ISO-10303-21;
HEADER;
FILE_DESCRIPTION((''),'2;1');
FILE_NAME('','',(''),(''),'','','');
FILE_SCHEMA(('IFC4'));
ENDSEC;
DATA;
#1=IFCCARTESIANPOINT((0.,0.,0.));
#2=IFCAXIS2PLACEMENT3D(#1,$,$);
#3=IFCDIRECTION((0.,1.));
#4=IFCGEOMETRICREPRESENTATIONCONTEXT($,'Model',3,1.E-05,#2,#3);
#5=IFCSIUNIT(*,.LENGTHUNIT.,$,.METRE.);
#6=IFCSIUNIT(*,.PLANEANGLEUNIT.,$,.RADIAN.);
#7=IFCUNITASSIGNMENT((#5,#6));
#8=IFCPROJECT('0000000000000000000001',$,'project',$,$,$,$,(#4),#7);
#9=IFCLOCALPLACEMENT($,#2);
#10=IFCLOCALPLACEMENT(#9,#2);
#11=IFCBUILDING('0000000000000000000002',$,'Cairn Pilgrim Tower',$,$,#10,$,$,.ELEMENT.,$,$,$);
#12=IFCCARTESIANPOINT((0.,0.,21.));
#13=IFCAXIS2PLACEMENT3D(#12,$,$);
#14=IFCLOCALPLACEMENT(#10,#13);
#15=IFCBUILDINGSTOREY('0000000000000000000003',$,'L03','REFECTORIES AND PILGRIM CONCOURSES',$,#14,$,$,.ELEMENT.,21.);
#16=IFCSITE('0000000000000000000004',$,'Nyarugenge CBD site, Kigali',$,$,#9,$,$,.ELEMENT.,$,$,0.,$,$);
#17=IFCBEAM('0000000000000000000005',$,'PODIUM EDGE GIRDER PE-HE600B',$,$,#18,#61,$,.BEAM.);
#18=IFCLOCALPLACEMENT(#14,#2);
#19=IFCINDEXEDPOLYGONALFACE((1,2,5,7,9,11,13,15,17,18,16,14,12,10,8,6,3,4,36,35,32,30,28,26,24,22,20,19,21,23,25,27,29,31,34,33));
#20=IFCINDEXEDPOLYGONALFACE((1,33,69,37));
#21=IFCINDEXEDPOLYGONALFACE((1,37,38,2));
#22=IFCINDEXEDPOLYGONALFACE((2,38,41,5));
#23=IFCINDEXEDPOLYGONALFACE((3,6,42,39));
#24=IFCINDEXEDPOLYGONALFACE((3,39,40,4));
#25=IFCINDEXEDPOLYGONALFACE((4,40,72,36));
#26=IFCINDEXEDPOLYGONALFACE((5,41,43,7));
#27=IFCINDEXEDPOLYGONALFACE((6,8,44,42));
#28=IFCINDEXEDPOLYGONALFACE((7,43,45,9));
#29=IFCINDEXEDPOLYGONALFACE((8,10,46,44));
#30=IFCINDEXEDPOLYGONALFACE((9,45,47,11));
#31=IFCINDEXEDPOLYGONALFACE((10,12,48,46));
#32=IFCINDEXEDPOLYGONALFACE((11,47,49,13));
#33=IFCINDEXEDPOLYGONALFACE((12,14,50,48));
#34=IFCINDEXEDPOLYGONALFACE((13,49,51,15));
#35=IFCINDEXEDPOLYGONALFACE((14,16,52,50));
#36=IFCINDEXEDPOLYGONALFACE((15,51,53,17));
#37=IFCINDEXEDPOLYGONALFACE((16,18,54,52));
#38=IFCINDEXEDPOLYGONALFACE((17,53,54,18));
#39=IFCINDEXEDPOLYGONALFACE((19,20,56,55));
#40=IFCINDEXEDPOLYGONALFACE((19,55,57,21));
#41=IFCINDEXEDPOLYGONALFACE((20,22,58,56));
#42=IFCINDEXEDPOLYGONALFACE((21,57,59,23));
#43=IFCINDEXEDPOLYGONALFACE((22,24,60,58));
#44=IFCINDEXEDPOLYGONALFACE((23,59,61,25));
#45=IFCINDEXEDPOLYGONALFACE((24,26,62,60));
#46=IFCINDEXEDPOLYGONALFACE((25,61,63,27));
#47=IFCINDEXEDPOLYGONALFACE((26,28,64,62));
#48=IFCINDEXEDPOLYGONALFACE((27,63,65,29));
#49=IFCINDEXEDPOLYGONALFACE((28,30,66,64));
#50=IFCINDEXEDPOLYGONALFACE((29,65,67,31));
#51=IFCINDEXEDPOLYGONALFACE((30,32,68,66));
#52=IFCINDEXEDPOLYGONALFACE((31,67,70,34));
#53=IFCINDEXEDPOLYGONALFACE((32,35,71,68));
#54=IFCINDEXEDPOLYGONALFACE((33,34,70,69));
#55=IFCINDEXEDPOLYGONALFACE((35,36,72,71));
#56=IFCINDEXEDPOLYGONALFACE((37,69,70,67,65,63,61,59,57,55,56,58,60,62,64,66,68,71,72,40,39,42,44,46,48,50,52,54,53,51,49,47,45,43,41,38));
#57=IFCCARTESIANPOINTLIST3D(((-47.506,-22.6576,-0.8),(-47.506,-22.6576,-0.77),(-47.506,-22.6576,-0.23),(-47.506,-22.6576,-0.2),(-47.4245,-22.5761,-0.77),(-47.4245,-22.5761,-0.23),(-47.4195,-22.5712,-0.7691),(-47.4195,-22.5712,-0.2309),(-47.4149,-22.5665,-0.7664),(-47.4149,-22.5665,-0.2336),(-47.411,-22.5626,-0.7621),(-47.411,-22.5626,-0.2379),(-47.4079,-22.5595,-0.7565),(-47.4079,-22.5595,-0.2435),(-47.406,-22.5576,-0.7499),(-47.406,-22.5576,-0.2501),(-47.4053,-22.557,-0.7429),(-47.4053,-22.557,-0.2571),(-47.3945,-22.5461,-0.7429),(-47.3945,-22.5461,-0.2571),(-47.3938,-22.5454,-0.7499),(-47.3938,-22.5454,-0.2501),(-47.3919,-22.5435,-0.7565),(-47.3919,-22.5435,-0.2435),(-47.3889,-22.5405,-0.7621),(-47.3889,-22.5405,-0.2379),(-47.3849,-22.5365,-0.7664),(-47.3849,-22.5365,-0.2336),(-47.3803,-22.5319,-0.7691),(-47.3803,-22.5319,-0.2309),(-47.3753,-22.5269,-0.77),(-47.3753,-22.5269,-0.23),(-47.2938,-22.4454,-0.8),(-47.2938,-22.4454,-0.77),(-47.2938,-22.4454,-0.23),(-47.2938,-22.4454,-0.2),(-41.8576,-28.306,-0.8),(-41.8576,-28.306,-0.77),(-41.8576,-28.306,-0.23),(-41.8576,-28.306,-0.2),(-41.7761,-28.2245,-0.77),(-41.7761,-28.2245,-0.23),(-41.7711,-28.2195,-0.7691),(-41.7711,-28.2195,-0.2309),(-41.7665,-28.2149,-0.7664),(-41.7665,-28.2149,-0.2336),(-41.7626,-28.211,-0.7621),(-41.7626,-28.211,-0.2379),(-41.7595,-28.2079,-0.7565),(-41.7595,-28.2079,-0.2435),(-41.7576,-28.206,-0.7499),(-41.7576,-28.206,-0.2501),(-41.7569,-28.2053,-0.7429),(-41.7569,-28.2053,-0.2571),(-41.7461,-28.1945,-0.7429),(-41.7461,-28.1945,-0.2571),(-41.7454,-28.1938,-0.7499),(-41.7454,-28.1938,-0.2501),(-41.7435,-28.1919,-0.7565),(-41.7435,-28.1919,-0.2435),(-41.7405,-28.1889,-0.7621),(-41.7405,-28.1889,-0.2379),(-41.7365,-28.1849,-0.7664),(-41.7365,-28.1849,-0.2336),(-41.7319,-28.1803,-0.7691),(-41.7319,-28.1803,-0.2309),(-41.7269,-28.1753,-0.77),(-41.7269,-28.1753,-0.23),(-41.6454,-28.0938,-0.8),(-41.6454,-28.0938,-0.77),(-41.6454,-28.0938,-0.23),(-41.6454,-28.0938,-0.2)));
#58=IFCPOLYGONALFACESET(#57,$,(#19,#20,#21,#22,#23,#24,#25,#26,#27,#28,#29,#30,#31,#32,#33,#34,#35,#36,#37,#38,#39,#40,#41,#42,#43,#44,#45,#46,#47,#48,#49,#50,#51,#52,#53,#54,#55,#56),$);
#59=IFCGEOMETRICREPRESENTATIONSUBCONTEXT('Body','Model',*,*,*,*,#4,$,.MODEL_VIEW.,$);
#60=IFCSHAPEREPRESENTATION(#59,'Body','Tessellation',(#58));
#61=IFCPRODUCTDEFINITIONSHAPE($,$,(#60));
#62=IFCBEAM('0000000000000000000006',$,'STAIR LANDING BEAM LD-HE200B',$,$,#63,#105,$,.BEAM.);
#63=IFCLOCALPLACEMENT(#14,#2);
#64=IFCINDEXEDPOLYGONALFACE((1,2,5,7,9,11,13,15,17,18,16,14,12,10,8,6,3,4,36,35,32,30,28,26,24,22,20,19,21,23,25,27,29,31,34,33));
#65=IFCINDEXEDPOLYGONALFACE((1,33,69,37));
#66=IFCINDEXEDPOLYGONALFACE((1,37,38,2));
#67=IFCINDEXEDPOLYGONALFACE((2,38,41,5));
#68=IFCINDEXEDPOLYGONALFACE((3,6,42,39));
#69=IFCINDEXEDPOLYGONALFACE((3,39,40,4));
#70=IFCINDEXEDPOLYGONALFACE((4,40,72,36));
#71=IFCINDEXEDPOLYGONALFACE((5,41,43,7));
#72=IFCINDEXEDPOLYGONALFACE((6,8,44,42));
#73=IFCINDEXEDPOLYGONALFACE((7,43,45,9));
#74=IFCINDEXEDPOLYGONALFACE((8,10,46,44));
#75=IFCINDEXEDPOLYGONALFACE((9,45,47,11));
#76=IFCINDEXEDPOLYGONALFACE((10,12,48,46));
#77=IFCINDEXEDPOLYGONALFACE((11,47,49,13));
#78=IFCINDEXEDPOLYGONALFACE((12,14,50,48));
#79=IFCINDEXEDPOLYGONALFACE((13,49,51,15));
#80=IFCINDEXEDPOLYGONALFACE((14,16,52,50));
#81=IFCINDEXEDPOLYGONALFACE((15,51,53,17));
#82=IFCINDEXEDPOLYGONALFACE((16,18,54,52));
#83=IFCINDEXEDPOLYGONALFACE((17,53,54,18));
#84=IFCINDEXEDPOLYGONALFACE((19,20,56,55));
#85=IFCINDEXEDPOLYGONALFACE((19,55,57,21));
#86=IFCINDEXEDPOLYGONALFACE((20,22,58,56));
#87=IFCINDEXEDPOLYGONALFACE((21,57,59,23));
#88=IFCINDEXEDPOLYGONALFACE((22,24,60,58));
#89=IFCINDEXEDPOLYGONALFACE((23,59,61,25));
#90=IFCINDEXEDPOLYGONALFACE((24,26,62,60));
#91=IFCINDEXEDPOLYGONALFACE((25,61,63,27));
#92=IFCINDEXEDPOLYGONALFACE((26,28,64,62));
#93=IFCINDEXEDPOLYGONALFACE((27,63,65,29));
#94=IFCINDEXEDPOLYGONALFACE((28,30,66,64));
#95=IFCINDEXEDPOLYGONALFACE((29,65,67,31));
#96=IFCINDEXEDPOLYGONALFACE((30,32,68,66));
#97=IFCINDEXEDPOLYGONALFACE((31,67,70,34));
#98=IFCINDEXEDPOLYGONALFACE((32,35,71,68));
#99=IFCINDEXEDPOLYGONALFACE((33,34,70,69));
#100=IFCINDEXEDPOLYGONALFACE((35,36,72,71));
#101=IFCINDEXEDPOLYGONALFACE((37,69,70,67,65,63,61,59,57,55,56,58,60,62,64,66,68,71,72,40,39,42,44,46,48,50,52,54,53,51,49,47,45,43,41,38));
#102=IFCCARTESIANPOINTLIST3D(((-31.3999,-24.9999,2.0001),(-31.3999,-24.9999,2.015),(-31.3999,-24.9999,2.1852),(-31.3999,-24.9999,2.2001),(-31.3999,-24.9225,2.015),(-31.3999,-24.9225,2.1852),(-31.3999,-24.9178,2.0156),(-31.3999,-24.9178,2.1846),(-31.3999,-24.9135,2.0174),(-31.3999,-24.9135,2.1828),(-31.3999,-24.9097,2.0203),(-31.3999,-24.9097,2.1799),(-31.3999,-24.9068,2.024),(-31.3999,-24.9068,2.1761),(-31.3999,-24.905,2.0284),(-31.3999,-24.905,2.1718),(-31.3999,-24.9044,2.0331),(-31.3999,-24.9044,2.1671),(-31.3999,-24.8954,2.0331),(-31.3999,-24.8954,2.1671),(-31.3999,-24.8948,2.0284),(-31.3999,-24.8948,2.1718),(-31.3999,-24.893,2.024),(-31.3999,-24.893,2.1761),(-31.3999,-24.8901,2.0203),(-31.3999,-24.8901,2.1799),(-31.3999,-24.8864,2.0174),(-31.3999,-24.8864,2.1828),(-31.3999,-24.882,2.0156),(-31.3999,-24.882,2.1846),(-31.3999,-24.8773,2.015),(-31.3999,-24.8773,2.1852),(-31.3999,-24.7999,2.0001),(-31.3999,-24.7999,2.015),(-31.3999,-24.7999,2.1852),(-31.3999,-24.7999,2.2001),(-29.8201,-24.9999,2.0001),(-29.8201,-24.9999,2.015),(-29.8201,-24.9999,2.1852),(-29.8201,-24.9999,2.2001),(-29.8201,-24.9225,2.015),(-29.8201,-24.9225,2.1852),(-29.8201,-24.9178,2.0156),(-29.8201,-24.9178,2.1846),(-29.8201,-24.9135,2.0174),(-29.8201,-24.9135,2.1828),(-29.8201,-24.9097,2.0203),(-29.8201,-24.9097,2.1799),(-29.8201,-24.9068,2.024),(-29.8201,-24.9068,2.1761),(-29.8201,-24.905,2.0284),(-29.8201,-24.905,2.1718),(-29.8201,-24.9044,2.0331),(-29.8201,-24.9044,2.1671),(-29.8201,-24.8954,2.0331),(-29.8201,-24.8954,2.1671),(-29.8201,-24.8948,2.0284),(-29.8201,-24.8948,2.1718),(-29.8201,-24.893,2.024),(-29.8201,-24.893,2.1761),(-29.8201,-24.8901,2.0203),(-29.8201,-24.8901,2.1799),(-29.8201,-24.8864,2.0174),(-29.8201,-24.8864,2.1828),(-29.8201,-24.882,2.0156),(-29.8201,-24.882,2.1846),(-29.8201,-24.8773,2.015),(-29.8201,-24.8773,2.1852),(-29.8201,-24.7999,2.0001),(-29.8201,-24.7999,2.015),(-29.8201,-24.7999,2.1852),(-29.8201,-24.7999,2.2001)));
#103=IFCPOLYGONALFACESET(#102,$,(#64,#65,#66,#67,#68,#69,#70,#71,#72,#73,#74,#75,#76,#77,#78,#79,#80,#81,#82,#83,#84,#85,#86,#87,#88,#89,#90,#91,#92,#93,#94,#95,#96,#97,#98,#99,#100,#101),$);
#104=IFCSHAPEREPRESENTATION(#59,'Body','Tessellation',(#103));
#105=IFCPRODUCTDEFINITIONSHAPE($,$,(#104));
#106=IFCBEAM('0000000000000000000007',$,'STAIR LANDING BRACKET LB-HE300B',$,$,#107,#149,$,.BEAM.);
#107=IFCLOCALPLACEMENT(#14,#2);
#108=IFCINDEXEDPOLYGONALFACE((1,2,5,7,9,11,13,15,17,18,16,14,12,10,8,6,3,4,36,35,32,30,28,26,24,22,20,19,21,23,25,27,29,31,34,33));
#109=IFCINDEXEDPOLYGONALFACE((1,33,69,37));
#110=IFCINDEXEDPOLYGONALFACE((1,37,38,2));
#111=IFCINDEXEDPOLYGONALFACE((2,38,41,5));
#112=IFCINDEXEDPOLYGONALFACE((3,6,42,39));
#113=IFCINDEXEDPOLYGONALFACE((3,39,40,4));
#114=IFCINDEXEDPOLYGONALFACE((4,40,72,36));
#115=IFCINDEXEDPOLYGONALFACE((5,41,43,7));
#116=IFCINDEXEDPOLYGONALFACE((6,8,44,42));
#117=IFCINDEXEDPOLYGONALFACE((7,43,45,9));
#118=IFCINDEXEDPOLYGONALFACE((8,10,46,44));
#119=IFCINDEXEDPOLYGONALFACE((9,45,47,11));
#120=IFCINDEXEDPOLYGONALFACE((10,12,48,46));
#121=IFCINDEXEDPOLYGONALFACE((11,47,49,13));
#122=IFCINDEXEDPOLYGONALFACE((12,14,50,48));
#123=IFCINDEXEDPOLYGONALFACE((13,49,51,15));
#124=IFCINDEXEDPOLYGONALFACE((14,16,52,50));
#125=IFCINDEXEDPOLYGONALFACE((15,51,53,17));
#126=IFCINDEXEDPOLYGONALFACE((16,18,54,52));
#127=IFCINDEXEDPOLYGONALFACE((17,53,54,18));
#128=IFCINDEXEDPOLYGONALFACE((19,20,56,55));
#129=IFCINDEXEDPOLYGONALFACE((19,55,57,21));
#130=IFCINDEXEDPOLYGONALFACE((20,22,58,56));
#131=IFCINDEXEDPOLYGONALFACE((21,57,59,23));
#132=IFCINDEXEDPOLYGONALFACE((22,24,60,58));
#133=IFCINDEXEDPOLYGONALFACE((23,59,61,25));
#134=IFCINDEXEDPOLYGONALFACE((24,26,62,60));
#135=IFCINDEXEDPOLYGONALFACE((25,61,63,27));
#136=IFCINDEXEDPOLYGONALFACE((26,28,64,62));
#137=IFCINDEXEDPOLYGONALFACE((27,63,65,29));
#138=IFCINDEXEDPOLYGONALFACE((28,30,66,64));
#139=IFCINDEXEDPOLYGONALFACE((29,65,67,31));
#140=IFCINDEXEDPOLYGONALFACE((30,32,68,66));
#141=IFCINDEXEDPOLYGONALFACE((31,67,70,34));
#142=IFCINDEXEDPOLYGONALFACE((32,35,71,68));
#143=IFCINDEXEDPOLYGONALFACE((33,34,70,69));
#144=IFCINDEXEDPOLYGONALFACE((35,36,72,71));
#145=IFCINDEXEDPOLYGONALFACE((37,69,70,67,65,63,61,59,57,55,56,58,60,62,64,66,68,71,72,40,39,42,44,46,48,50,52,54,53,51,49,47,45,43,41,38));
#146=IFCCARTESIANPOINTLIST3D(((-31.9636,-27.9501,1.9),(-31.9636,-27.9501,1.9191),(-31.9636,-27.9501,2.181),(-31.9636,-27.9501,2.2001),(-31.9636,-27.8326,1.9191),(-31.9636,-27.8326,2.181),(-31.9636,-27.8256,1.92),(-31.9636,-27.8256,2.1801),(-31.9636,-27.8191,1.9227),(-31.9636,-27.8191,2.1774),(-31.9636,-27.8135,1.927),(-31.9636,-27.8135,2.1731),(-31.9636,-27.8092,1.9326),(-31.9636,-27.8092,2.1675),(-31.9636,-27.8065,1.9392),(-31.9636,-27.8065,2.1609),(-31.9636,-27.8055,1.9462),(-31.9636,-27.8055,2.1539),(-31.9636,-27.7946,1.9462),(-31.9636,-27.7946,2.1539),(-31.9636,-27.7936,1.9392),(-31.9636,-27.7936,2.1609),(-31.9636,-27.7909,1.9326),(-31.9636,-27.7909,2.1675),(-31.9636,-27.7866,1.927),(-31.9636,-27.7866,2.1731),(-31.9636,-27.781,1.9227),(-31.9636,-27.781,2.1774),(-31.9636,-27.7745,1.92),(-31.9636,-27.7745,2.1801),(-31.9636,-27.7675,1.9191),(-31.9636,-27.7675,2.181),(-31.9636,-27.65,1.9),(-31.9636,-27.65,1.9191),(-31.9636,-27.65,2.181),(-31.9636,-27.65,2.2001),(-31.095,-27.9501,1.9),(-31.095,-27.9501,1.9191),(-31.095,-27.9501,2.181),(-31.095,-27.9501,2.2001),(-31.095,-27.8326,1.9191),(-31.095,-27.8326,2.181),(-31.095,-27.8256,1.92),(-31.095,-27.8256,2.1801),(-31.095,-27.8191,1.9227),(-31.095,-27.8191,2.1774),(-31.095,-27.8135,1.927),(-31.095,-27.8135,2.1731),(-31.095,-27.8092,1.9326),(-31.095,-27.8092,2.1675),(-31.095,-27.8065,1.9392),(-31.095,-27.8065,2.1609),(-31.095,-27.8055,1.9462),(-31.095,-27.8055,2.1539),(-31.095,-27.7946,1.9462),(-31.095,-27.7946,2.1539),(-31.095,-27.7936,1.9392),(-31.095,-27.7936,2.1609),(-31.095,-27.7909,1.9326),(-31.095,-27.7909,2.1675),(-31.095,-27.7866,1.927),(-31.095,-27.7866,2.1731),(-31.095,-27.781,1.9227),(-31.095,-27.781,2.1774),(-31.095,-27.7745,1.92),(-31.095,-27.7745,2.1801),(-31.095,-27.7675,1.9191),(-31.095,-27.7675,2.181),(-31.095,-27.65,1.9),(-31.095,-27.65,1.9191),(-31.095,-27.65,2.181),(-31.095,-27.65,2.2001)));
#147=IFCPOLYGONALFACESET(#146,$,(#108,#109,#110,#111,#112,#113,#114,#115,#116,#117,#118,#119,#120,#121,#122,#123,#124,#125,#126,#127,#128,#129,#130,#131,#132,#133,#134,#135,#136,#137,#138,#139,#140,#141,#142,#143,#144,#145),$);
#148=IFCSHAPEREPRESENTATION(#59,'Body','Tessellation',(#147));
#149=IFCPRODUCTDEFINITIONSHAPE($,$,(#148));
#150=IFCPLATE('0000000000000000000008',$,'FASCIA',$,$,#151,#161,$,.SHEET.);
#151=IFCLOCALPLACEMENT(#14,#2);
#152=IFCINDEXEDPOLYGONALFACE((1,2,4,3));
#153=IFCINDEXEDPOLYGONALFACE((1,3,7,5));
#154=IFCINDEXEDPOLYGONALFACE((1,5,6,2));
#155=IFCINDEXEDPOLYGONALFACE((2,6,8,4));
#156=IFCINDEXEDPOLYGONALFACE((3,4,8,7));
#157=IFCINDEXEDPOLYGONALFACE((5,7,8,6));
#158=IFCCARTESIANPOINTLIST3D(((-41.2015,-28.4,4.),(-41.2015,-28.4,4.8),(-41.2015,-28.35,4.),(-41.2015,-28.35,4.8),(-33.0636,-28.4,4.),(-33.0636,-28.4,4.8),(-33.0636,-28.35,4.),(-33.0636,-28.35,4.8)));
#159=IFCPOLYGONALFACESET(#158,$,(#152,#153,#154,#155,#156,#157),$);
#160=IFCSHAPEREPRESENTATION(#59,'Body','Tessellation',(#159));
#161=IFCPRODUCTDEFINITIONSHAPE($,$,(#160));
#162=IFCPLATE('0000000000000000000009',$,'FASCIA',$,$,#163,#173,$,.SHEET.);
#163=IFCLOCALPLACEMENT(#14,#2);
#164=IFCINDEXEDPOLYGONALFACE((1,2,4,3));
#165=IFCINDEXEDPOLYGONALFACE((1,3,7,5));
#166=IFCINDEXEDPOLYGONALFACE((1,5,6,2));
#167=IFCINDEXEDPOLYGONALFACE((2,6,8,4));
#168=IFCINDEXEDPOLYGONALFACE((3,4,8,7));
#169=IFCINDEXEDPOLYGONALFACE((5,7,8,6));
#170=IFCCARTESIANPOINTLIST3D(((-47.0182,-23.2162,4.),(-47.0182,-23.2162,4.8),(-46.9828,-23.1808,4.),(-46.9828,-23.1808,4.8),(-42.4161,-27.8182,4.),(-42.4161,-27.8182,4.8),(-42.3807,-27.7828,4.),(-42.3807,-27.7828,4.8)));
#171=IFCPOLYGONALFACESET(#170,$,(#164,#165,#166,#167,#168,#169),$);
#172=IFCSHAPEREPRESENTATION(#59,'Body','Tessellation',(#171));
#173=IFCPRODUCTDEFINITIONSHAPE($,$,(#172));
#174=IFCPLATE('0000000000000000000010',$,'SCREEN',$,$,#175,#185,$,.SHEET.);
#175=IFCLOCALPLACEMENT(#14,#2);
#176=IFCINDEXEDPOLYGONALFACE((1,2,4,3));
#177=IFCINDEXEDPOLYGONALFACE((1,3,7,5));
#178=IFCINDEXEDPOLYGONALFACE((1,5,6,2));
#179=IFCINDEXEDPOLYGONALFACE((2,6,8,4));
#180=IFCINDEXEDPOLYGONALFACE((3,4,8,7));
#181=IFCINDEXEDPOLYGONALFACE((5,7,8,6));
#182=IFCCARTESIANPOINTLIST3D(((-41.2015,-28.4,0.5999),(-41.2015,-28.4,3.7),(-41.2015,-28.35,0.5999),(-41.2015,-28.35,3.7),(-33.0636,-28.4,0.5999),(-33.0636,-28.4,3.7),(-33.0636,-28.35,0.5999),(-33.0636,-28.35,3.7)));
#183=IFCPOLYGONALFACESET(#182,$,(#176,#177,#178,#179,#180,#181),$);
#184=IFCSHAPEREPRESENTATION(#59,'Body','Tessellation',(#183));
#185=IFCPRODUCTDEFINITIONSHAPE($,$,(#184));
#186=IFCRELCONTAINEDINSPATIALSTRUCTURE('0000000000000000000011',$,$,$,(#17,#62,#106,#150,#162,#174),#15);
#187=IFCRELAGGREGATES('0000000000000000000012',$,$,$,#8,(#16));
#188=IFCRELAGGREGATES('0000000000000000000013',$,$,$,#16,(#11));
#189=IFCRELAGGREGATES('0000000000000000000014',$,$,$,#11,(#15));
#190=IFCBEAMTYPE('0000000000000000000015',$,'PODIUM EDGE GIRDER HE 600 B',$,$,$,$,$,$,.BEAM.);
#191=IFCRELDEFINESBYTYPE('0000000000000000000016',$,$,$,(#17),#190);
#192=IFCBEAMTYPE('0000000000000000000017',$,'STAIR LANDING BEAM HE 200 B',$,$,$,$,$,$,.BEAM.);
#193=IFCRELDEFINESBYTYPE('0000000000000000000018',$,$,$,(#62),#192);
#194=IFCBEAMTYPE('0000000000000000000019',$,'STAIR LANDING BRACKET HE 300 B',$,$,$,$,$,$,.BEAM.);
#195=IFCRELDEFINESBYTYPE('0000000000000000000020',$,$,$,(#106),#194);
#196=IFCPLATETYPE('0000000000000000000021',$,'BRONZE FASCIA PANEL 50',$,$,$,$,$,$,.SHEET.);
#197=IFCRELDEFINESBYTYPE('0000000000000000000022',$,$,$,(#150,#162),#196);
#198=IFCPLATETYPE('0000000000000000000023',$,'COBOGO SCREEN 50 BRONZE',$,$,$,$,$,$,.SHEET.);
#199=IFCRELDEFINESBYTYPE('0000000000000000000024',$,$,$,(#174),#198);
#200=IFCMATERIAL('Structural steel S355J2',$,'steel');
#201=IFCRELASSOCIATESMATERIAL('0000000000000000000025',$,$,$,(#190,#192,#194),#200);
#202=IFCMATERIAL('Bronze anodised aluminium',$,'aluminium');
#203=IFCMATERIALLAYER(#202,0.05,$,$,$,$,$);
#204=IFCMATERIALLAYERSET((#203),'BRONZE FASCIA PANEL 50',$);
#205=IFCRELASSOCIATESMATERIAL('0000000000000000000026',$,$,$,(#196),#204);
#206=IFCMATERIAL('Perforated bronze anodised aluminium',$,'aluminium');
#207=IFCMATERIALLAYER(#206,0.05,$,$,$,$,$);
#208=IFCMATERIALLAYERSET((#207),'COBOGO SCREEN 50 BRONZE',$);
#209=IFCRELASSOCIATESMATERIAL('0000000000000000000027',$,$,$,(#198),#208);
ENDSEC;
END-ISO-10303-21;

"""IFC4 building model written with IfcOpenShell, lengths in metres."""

from ifc_helpers import new_model, si_unit, direction, frame, origin, origin_2d, place, context, subcontext, project, spatial, rectangle, i_section, extrude, material, layer, layer_set, material_profile, profile_set, type_object, element, save


model = new_model("IFC4")

# Units and contexts
model_context = context("Model", 3, precision=1e-05, world=origin(), true_north=direction((0.0, 1.0)))
body_context = subcontext(model_context, "Body", "Model", "MODEL_VIEW")
ifc_project = project(units=[si_unit("LENGTHUNIT", "METRE"), si_unit("PLANEANGLEUNIT", "RADIAN")], contexts=[model_context])

# Site, building, storey
site_placement = place(None, origin())
site = spatial("IfcSite", under=ifc_project, at=site_placement, Name="Nyarugenge CBD site, Kigali", CompositionType="ELEMENT", RefElevation=0.0)
building_placement = place(site_placement, origin())
building = spatial("IfcBuilding", under=site, at=building_placement, Name="Cairn Pilgrim Tower", CompositionType="ELEMENT")
storey_placement = place(building_placement, frame((0.0, 0.0, 21.0)))
storey = spatial("IfcBuildingStorey", under=building, at=storey_placement, Name="L03", Description="REFECTORIES AND PILGRIM CONCOURSES", CompositionType="ELEMENT", Elevation=21.0)

# Shared definitions
ifc_material_1 = material(Name="Structural steel S355J2", Category="steel")

# Beams
ifc_material_profile_1 = material_profile(ifc_material_1, i_section(OverallWidth=0.3, OverallDepth=0.6001, WebThickness=0.0154, FlangeThickness=0.03, FilletRadius=0.0271, at=origin_2d()), Name="HEB 600")
ifc_profile_set_1 = profile_set([ifc_material_profile_1], Name="Structural steel S355J2")
beam_type_1 = type_object("IfcBeamType", Name="PODIUM EDGE GIRDER HE 600 B", PredefinedType="BEAM", material=ifc_profile_set_1)
beam_1_placement = place(storey_placement, frame((-47.3999, -22.5515, -0.5), z_axis=(0.707107, -0.707107, 0.0), x_axis=(0.707107, 0.707107, 0.0)))
element("IfcBeam", 1, at=beam_1_placement, inside=storey, type_object=beam_type_1, Name="PODIUM EDGE GIRDER PE-HE600B", PredefinedType="BEAM", context=body_context, shape_type="SweptSolid", body=[
    extrude(i_section(OverallWidth=0.3, OverallDepth=0.6001, WebThickness=0.0154, FlangeThickness=0.03, FilletRadius=0.0271, at=origin_2d()), origin(), (0.0, 0.0, 1.0), 7.988),
])
ifc_material_profile_2 = material_profile(ifc_material_1, i_section(OverallWidth=0.2, OverallDepth=0.2, WebThickness=0.009, FlangeThickness=0.0149, FilletRadius=0.0181, at=origin_2d()), Name="HE 200 B")
ifc_profile_set_2 = profile_set([ifc_material_profile_2], Name="Structural steel S355J2")
beam_type_2 = type_object("IfcBeamType", Name="STAIR LANDING BEAM HE 200 B", PredefinedType="BEAM", material=ifc_profile_set_2)
beam_2_placement = place(storey_placement, frame((-31.3999, -24.8999, 2.1001), z_axis=(1.0, 0.0, 0.0), x_axis=(0.0, 1.0, 0.0)))
element("IfcBeam", 2, at=beam_2_placement, inside=storey, type_object=beam_type_2, Name="STAIR LANDING BEAM LD-HE200B", PredefinedType="BEAM", context=body_context, shape_type="SweptSolid", body=[
    extrude(i_section(OverallWidth=0.2, OverallDepth=0.2, WebThickness=0.009, FlangeThickness=0.0149, FilletRadius=0.0181, at=origin_2d()), origin(), (0.0, 0.0, 1.0), 1.5798),
])
ifc_material_profile_3 = material_profile(ifc_material_1, i_section(OverallWidth=0.3, OverallDepth=0.3, WebThickness=0.011, FlangeThickness=0.019, FilletRadius=0.0271, at=origin_2d()), Name="HE 300 B")
ifc_profile_set_3 = profile_set([ifc_material_profile_3], Name="Structural steel S355J2")
beam_type_3 = type_object("IfcBeamType", Name="STAIR LANDING BRACKET HE 300 B", PredefinedType="BEAM", material=ifc_profile_set_3)
beam_3_placement = place(storey_placement, frame((-31.9636, -27.8, 2.05), z_axis=(1.0, 0.0, 0.0), x_axis=(0.0, 1.0, 0.0)))
element("IfcBeam", 3, at=beam_3_placement, inside=storey, type_object=beam_type_3, Name="STAIR LANDING BRACKET LB-HE300B", PredefinedType="BEAM", context=body_context, shape_type="SweptSolid", body=[
    extrude(i_section(OverallWidth=0.3, OverallDepth=0.3, WebThickness=0.011, FlangeThickness=0.019, FilletRadius=0.0271, at=origin_2d()), origin(), (0.0, 0.0, 1.0), 0.8687),
])

# Plates
ifc_material_2 = material(Name="Bronze anodised aluminium", Category="aluminium")
ifc_layer_1 = layer(ifc_material_2, 0.05)
ifc_layer_set_1 = layer_set([ifc_layer_1], Name="BRONZE FASCIA PANEL 50")
plate_type_1 = type_object("IfcPlateType", Name="BRONZE FASCIA PANEL 50", PredefinedType="SHEET", material=ifc_layer_set_1)
plate_1_placement = place(storey_placement, frame((-37.1326, -28.375, 4.0), z_axis=(0.0, 0.0, 1.0), x_axis=(1.0, 0.0, 0.0)))
element("IfcPlate", 4, at=plate_1_placement, inside=storey, type_object=plate_type_1, Name="FASCIA", PredefinedType="SHEET", context=body_context, shape_type="SweptSolid", body=[
    extrude(rectangle(XDim=8.1379, YDim=0.05, at=origin_2d()), origin(), (0.0, 0.0, 1.0), 0.8),
])
plate_2_placement = place(storey_placement, frame((-44.6995, -25.4995, 4.0), z_axis=(0.0, 0.0, 1.0), x_axis=(0.707107, -0.707107, 0.0)))
element("IfcPlate", 5, at=plate_2_placement, inside=storey, type_object=plate_type_1, Name="FASCIA", PredefinedType="SHEET", context=body_context, shape_type="SweptSolid", body=[
    extrude(rectangle(XDim=6.5083, YDim=0.05, at=origin_2d()), origin(), (0.0, 0.0, 1.0), 0.8),
])
ifc_material_3 = material(Name="Perforated bronze anodised aluminium", Category="aluminium")
ifc_layer_2 = layer(ifc_material_3, 0.05)
ifc_layer_set_2 = layer_set([ifc_layer_2], Name="COBOGO SCREEN 50 BRONZE")
plate_type_2 = type_object("IfcPlateType", Name="COBOGO SCREEN 50 BRONZE", PredefinedType="SHEET", material=ifc_layer_set_2)
plate_3_placement = place(storey_placement, frame((-37.1326, -28.375, 0.5999), z_axis=(0.0, 0.0, 1.0), x_axis=(1.0, 0.0, 0.0)))
element("IfcPlate", 6, at=plate_3_placement, inside=storey, type_object=plate_type_2, Name="SCREEN", PredefinedType="SHEET", context=body_context, shape_type="SweptSolid", body=[
    extrude(rectangle(XDim=8.1379, YDim=0.05, at=origin_2d()), origin(), (0.0, 0.0, 1.0), 3.1001),
])

save(model, "model.ifc")
